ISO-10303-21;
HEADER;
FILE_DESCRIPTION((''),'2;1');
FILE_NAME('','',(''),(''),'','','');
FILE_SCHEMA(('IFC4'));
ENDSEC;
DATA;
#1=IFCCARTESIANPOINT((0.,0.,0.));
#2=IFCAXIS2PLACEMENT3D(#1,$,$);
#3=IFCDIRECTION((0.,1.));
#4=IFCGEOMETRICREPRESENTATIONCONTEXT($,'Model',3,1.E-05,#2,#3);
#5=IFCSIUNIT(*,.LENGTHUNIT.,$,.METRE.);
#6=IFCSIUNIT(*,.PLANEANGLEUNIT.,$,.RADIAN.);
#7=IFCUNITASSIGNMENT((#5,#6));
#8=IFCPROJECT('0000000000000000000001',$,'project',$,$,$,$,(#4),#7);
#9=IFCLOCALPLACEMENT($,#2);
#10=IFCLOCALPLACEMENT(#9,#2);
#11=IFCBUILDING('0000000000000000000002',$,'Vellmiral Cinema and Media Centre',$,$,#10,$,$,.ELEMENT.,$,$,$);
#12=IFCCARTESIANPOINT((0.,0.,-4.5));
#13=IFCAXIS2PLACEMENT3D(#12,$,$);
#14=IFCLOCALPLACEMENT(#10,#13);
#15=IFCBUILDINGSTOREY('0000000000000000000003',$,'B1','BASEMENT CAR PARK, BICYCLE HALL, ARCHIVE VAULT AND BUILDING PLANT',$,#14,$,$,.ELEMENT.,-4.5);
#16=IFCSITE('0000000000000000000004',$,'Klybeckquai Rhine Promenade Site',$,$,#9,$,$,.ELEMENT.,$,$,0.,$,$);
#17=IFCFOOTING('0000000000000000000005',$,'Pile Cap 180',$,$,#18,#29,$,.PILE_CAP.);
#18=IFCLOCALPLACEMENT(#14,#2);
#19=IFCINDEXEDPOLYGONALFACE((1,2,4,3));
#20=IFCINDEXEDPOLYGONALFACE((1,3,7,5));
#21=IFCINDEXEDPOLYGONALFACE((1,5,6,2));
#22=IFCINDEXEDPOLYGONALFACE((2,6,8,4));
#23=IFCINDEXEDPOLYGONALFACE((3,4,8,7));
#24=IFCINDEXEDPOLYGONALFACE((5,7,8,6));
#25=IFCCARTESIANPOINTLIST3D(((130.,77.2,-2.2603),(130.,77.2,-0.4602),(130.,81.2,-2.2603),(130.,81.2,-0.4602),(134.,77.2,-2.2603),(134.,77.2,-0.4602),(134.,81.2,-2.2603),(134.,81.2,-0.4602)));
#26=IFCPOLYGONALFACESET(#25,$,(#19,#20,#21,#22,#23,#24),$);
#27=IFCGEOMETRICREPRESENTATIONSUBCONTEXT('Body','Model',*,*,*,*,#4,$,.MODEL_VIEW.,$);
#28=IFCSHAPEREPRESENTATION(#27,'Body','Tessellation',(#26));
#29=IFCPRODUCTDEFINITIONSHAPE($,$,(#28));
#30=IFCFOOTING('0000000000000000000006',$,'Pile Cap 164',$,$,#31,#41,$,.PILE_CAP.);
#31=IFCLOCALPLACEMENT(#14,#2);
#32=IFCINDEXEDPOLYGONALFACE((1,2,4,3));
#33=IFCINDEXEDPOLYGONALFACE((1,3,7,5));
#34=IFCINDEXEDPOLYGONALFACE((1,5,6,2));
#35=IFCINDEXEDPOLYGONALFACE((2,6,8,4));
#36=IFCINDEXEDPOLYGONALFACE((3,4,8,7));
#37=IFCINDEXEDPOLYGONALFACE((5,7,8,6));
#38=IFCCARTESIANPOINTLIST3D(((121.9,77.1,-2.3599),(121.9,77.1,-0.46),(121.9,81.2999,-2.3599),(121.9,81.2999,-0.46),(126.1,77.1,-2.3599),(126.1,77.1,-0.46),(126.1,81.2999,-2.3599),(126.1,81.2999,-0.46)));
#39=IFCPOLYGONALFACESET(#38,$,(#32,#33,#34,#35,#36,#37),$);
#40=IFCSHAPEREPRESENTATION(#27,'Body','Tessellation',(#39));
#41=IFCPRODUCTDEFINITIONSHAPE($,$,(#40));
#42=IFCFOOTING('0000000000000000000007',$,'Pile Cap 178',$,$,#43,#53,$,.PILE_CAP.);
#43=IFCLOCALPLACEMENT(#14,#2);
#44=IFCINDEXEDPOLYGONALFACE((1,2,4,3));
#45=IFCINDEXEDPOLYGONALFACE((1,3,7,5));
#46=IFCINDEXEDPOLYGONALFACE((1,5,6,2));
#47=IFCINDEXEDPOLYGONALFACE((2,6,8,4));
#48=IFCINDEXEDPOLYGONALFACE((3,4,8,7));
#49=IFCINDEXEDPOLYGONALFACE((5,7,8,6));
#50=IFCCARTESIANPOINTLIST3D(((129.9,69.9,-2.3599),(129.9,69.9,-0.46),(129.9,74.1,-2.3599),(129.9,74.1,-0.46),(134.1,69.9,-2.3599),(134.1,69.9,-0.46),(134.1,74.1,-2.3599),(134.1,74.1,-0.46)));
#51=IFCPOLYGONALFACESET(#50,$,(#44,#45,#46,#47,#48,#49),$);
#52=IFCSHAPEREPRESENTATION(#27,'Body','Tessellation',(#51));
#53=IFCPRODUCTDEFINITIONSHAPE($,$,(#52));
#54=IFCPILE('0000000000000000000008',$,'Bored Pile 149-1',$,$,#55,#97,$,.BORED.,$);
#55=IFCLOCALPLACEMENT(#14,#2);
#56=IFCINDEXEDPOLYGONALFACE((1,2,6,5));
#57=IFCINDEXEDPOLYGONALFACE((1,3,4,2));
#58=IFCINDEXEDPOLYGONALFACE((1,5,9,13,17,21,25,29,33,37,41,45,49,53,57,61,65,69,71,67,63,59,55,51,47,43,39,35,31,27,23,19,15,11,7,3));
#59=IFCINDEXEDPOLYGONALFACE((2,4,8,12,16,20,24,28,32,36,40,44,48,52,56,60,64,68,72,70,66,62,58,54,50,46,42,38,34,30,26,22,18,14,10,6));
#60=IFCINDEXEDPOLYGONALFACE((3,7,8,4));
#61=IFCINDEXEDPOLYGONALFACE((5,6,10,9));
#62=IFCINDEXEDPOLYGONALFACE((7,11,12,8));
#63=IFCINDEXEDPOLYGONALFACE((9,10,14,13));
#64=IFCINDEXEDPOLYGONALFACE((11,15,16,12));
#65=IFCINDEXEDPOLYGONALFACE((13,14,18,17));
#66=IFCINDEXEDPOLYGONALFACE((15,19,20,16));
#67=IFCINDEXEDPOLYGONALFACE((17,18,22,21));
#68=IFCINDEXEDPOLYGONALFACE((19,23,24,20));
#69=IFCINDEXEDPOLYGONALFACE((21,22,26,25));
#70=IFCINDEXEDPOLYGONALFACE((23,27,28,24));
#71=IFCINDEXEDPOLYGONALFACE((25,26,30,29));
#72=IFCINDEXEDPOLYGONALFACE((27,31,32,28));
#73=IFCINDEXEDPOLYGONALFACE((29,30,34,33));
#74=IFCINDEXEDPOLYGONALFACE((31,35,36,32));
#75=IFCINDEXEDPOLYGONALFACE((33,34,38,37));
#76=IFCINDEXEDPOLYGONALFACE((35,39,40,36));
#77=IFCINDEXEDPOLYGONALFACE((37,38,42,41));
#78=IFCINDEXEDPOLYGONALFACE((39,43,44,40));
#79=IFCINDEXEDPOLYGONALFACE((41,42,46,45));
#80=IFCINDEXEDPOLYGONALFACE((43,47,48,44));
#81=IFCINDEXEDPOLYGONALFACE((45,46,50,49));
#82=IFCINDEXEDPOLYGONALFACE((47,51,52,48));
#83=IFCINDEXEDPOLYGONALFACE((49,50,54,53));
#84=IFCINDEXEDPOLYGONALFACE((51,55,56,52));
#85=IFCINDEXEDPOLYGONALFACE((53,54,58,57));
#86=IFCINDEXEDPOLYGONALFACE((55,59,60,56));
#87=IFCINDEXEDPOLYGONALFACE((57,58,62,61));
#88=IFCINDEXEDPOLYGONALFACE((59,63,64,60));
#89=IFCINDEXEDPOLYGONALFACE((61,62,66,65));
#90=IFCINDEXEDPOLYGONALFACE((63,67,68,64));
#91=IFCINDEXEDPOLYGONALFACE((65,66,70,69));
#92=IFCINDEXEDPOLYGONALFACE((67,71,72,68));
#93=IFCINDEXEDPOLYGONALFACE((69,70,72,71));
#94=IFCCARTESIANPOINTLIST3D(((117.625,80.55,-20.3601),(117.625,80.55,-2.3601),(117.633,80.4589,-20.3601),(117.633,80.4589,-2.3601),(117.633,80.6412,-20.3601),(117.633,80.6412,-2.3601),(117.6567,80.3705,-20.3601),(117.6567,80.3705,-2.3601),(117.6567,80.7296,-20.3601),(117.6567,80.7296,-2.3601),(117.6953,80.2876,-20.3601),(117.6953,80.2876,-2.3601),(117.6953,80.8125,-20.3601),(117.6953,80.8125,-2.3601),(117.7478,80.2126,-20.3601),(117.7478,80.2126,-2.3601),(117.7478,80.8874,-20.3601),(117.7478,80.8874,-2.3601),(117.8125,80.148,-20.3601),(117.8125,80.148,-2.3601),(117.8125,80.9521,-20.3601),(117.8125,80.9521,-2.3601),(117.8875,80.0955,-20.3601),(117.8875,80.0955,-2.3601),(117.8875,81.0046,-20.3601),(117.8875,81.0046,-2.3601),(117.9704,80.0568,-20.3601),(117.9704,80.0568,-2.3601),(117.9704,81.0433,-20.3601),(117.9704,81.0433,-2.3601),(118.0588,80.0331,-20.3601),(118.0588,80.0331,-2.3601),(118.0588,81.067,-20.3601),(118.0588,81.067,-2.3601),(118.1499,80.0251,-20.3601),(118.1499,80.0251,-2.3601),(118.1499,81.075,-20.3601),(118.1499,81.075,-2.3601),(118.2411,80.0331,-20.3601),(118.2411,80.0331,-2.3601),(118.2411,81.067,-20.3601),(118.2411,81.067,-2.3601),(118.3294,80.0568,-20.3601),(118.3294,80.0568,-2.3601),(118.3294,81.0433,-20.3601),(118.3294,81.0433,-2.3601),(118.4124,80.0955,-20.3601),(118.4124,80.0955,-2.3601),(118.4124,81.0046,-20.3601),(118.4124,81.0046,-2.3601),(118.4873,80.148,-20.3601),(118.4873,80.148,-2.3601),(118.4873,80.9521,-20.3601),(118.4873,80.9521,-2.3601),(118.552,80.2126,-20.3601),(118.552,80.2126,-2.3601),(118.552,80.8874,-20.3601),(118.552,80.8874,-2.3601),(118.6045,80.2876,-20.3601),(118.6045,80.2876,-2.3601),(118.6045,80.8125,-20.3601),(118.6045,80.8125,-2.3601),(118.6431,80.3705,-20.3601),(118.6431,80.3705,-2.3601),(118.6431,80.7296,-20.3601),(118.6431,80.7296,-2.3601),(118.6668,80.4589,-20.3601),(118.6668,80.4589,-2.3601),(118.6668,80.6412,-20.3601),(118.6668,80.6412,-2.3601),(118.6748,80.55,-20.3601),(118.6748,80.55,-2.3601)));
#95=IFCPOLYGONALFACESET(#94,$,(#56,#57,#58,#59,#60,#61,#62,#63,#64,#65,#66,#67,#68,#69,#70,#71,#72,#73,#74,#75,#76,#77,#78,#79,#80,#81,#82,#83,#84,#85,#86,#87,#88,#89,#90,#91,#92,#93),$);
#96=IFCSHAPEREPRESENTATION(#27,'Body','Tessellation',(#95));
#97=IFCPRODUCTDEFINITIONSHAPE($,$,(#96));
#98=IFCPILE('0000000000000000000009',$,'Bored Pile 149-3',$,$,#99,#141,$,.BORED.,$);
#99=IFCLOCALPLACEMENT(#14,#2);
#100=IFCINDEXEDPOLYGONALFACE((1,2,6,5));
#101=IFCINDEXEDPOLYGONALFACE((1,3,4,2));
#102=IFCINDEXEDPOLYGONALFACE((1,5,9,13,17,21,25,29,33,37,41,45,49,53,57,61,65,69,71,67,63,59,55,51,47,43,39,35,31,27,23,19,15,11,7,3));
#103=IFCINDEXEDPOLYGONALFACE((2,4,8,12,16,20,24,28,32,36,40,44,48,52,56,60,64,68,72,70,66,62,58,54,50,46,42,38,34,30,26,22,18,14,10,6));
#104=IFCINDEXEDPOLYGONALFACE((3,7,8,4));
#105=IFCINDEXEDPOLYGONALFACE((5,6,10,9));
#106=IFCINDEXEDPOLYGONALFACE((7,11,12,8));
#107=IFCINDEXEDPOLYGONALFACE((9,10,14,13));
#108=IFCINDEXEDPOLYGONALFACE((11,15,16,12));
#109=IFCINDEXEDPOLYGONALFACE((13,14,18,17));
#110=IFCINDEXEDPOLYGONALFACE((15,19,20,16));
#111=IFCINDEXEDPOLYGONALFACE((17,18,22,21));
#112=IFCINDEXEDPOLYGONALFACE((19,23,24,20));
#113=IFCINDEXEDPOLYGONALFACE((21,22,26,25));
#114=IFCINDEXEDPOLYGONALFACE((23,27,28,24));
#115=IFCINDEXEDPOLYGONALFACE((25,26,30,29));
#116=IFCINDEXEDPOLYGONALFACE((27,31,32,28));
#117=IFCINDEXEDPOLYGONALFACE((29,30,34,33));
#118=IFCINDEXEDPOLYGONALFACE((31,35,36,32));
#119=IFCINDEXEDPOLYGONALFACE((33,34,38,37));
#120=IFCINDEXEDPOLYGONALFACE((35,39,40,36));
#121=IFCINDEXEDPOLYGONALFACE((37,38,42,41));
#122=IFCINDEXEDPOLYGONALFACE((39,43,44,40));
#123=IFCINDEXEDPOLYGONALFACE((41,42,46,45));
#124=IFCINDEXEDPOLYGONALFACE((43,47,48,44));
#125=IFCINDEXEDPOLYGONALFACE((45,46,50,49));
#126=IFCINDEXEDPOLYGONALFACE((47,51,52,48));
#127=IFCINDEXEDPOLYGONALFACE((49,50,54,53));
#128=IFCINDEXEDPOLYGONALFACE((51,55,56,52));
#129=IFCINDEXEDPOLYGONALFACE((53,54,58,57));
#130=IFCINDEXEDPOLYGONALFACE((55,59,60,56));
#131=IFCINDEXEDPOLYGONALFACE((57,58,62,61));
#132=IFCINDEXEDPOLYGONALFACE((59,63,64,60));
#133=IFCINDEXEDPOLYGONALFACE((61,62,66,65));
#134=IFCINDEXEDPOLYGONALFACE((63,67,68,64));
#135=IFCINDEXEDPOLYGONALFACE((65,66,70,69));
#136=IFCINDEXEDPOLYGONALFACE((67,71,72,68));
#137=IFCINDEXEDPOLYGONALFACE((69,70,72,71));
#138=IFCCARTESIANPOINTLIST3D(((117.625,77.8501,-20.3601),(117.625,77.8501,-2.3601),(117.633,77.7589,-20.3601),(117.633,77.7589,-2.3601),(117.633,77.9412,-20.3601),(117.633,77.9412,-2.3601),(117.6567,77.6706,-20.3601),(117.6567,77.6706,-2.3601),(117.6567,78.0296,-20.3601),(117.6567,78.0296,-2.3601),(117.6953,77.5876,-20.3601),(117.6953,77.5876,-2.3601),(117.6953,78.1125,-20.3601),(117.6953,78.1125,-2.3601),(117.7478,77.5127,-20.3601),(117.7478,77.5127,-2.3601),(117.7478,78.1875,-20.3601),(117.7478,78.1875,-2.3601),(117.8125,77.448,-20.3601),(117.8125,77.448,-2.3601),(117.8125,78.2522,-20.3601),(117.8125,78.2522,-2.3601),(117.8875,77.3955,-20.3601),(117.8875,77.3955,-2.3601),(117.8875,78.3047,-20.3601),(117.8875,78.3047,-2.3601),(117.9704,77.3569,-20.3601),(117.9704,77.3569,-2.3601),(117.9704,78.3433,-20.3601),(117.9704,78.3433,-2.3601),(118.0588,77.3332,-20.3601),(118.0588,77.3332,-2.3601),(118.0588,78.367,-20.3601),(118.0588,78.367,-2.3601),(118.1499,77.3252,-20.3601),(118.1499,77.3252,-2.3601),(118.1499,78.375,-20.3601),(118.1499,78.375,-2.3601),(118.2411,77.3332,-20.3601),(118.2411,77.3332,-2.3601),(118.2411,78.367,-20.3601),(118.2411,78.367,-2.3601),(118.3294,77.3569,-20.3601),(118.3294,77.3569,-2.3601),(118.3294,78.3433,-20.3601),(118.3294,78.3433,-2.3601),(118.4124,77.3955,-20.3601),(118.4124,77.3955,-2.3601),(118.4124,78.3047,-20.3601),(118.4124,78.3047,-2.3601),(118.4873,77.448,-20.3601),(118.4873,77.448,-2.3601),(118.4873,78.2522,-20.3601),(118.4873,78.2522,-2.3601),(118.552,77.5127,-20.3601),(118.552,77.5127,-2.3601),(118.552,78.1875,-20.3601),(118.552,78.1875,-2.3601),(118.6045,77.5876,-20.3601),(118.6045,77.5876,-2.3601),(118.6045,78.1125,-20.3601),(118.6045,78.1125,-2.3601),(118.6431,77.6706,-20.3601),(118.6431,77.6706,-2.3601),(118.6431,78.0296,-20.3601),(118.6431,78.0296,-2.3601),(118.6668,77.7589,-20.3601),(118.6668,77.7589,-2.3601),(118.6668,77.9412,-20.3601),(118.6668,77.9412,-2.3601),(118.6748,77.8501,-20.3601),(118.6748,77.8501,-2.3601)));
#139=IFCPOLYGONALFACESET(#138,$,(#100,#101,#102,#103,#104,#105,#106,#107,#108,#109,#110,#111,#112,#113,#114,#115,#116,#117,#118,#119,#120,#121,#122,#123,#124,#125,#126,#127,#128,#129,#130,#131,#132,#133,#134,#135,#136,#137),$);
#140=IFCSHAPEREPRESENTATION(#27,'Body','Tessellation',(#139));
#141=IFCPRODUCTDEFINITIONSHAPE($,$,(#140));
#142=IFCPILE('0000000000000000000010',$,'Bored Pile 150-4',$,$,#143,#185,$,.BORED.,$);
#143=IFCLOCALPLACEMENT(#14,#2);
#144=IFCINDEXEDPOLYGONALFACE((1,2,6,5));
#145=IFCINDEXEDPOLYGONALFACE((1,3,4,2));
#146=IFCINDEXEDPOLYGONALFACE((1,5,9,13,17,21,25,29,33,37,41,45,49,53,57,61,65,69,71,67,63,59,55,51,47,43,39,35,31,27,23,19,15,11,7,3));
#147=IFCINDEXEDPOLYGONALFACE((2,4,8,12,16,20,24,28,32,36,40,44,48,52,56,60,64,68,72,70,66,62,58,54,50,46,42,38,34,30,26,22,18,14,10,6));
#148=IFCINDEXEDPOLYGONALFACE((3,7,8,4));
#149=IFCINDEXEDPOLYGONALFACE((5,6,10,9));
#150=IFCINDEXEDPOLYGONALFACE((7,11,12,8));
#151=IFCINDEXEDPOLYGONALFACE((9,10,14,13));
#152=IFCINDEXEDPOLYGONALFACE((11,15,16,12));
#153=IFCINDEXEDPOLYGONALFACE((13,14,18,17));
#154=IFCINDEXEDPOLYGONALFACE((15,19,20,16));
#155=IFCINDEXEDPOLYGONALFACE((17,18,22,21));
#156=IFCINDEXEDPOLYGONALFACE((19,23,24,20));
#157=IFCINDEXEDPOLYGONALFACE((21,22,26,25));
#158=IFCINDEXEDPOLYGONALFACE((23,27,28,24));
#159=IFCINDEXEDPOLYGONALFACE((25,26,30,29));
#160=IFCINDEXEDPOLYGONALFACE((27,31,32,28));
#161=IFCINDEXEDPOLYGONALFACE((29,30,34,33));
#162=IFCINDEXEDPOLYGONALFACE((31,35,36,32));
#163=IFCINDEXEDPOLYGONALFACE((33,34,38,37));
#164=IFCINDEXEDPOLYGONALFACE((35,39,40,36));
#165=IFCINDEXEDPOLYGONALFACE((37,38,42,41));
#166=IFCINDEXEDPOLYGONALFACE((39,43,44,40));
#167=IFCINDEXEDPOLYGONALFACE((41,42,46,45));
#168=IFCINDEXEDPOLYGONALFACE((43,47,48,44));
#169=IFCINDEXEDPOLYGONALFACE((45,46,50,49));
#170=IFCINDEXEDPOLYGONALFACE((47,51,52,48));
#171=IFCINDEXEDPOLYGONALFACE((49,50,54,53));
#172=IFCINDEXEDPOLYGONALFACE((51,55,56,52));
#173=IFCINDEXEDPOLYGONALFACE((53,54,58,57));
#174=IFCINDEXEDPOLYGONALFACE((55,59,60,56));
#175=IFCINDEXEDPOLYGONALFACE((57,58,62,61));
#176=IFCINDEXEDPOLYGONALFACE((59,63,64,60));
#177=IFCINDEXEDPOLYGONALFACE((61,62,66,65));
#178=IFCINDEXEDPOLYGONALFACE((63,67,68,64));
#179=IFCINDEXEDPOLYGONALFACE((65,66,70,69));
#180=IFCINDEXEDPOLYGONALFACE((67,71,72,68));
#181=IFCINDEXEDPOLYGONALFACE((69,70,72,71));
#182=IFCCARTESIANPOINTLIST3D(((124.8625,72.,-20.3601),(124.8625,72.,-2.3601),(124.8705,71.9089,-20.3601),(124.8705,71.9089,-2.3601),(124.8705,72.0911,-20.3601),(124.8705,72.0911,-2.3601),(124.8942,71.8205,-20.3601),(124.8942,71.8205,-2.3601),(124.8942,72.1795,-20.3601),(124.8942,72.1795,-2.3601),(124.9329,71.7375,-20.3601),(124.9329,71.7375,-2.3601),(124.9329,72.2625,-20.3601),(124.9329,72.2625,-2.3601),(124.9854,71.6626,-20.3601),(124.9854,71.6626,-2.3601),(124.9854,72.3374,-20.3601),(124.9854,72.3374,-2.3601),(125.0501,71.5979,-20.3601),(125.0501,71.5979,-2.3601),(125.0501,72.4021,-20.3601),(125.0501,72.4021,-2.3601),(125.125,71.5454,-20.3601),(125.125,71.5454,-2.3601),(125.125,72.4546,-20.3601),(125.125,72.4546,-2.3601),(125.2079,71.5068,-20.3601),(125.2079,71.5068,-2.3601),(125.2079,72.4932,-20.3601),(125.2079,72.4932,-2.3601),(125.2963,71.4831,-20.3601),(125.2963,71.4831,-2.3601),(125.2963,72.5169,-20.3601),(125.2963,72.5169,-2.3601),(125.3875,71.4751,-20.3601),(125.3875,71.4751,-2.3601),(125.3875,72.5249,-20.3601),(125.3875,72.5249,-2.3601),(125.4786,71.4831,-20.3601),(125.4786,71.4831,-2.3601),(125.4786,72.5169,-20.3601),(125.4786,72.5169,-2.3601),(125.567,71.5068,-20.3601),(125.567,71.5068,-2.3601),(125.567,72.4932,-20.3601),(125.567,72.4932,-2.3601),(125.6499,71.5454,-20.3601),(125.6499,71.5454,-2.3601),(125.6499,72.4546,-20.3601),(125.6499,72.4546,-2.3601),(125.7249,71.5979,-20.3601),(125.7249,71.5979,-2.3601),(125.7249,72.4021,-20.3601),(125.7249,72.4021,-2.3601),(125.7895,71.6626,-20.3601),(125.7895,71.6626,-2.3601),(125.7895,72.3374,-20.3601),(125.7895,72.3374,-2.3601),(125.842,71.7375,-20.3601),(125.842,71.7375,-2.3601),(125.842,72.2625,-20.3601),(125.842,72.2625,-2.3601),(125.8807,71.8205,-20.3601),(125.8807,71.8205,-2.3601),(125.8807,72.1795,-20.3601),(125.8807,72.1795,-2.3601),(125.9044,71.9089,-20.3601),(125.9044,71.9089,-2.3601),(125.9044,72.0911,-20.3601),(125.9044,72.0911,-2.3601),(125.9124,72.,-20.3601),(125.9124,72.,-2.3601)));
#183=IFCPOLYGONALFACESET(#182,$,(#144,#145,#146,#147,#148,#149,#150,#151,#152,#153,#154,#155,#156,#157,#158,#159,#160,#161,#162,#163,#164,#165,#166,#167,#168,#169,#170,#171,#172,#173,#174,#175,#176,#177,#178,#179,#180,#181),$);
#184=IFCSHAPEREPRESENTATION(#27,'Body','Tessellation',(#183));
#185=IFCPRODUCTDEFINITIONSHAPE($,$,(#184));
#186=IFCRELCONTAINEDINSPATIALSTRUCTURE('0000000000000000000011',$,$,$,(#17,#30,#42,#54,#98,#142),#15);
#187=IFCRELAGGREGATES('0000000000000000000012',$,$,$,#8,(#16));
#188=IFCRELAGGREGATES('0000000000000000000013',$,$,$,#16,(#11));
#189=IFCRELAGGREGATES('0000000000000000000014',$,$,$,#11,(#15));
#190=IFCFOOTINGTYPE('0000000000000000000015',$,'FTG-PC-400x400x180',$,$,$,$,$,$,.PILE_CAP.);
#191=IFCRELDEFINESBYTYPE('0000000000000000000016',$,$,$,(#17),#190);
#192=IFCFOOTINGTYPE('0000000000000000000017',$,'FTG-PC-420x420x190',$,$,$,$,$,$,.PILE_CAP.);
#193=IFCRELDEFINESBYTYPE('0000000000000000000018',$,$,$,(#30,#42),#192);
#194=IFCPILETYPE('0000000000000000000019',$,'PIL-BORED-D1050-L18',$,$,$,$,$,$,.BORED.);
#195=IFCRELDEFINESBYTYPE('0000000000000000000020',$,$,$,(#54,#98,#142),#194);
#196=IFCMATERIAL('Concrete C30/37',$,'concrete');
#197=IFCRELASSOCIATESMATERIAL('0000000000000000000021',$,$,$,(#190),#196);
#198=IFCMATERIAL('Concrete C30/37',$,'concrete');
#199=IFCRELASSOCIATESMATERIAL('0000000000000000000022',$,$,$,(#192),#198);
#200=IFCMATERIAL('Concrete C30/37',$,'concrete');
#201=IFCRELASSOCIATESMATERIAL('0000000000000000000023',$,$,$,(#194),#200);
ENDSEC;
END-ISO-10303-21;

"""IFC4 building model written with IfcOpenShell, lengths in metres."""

from ifc_helpers import new_model, si_unit, direction, frame, origin, origin_2d, place, context, subcontext, project, spatial, rectangle, circle, extrude, material, material_profile, profile_set, type_object, element, save


model = new_model("IFC4")

# Units and contexts
model_context = context("Model", 3, precision=1e-05, world=origin(), true_north=direction((0.0, 1.0)))
body_context = subcontext(model_context, "Body", "Model", "MODEL_VIEW")
ifc_project = project(units=[si_unit("LENGTHUNIT", "METRE"), si_unit("PLANEANGLEUNIT", "RADIAN")], contexts=[model_context])

# Site, building, storey
site_placement = place(None, origin())
site = spatial("IfcSite", under=ifc_project, at=site_placement, Name="Klybeckquai Rhine Promenade Site", CompositionType="ELEMENT", RefElevation=0.0)
building_placement = place(site_placement, origin())
building = spatial("IfcBuilding", under=site, at=building_placement, Name="Vellmiral Cinema and Media Centre", CompositionType="ELEMENT")
storey_placement = place(building_placement, frame((0.0, 0.0, -4.5)))
storey = spatial("IfcBuildingStorey", under=building, at=storey_placement, Name="B1", Description="BASEMENT CAR PARK, BICYCLE HALL, ARCHIVE VAULT AND BUILDING PLANT", CompositionType="ELEMENT", Elevation=-4.5)

# Footings
ifc_material_1 = material(Name="Concrete C30/37", Category="concrete")
footing_type_1 = type_object("IfcFootingType", Name="FTG-PC-400x400x180", PredefinedType="PILE_CAP", material=ifc_material_1)
footing_placement = place(storey_placement, frame((132.0, 79.2, -2.2603), z_axis=(0.0, 0.0, 1.0), x_axis=(1.0, 0.0, 0.0)))
element("IfcFooting", 1, at=footing_placement, inside=storey, type_object=footing_type_1, Name="Pile Cap 180", PredefinedType="PILE_CAP", context=body_context, shape_type="SweptSolid", body=[
    extrude(rectangle(XDim=4.0, YDim=4.0, at=origin_2d()), origin(), (0.0, 0.0, 1.0), 1.8),
])
ifc_material_2 = material(Name="Concrete C30/37", Category="concrete")
footing_type_2 = type_object("IfcFootingType", Name="FTG-PC-420x420x190", PredefinedType="PILE_CAP", material=ifc_material_2)
for number, where, z_axis, x_axis, name in (
    (2, (124.0, 79.2, -2.3599), (0.0, 0.0, 1.0), (1.0, 0.0, 0.0), "Pile Cap 164"),
    (3, (132.0, 72.0, -2.3599), (0.0, 0.0, 1.0), (1.0, 0.0, 0.0), "Pile Cap 178"),
):
    element("IfcFooting", number, at=place(storey_placement, frame(where, z_axis=z_axis, x_axis=x_axis)), inside=storey, type_object=footing_type_2, Name=name, PredefinedType="PILE_CAP", context=body_context, shape_type="SweptSolid", body=[
        extrude(rectangle(XDim=4.2, YDim=4.2, at=origin_2d()), origin(), (0.0, 0.0, 1.0), 1.8999),
    ])

# Piles
ifc_material_3 = material(Name="Concrete C30/37", Category="concrete")
ifc_material_profile_1 = material_profile(ifc_material_3, circle(Radius=0.5249, at=origin_2d()), Name="PILE D1050")
ifc_profile_set_1 = profile_set([ifc_material_profile_1], Name="Concrete C30/37")
pile_type_1 = type_object("IfcPileType", Name="PIL-BORED-D1050-L18", PredefinedType="BORED", material=ifc_profile_set_1)
for number, where, z_axis, x_axis, name in (
    (4, (118.1499, 80.55, -2.3601), (0.0, 0.0, -1.0), (1.0, 0.0, 0.0), "Bored Pile 149-1"),
    (5, (118.1499, 77.8501, -2.3601), (0.0, 0.0, -1.0), (1.0, 0.0, 0.0), "Bored Pile 149-3"),
    (6, (125.3875, 72.0, -2.3601), (0.0, 0.0, -1.0), (1.0, 0.0, 0.0), "Bored Pile 150-4"),
):
    element("IfcPile", number, at=place(storey_placement, frame(where, z_axis=z_axis, x_axis=x_axis)), inside=storey, type_object=pile_type_1, Name=name, PredefinedType="BORED", context=body_context, shape_type="SweptSolid", body=[
        extrude(circle(Radius=0.5249, at=origin_2d()), origin(), (0.0, 0.0, 1.0), 18.0),
    ])

save(model, "model.ifc")
